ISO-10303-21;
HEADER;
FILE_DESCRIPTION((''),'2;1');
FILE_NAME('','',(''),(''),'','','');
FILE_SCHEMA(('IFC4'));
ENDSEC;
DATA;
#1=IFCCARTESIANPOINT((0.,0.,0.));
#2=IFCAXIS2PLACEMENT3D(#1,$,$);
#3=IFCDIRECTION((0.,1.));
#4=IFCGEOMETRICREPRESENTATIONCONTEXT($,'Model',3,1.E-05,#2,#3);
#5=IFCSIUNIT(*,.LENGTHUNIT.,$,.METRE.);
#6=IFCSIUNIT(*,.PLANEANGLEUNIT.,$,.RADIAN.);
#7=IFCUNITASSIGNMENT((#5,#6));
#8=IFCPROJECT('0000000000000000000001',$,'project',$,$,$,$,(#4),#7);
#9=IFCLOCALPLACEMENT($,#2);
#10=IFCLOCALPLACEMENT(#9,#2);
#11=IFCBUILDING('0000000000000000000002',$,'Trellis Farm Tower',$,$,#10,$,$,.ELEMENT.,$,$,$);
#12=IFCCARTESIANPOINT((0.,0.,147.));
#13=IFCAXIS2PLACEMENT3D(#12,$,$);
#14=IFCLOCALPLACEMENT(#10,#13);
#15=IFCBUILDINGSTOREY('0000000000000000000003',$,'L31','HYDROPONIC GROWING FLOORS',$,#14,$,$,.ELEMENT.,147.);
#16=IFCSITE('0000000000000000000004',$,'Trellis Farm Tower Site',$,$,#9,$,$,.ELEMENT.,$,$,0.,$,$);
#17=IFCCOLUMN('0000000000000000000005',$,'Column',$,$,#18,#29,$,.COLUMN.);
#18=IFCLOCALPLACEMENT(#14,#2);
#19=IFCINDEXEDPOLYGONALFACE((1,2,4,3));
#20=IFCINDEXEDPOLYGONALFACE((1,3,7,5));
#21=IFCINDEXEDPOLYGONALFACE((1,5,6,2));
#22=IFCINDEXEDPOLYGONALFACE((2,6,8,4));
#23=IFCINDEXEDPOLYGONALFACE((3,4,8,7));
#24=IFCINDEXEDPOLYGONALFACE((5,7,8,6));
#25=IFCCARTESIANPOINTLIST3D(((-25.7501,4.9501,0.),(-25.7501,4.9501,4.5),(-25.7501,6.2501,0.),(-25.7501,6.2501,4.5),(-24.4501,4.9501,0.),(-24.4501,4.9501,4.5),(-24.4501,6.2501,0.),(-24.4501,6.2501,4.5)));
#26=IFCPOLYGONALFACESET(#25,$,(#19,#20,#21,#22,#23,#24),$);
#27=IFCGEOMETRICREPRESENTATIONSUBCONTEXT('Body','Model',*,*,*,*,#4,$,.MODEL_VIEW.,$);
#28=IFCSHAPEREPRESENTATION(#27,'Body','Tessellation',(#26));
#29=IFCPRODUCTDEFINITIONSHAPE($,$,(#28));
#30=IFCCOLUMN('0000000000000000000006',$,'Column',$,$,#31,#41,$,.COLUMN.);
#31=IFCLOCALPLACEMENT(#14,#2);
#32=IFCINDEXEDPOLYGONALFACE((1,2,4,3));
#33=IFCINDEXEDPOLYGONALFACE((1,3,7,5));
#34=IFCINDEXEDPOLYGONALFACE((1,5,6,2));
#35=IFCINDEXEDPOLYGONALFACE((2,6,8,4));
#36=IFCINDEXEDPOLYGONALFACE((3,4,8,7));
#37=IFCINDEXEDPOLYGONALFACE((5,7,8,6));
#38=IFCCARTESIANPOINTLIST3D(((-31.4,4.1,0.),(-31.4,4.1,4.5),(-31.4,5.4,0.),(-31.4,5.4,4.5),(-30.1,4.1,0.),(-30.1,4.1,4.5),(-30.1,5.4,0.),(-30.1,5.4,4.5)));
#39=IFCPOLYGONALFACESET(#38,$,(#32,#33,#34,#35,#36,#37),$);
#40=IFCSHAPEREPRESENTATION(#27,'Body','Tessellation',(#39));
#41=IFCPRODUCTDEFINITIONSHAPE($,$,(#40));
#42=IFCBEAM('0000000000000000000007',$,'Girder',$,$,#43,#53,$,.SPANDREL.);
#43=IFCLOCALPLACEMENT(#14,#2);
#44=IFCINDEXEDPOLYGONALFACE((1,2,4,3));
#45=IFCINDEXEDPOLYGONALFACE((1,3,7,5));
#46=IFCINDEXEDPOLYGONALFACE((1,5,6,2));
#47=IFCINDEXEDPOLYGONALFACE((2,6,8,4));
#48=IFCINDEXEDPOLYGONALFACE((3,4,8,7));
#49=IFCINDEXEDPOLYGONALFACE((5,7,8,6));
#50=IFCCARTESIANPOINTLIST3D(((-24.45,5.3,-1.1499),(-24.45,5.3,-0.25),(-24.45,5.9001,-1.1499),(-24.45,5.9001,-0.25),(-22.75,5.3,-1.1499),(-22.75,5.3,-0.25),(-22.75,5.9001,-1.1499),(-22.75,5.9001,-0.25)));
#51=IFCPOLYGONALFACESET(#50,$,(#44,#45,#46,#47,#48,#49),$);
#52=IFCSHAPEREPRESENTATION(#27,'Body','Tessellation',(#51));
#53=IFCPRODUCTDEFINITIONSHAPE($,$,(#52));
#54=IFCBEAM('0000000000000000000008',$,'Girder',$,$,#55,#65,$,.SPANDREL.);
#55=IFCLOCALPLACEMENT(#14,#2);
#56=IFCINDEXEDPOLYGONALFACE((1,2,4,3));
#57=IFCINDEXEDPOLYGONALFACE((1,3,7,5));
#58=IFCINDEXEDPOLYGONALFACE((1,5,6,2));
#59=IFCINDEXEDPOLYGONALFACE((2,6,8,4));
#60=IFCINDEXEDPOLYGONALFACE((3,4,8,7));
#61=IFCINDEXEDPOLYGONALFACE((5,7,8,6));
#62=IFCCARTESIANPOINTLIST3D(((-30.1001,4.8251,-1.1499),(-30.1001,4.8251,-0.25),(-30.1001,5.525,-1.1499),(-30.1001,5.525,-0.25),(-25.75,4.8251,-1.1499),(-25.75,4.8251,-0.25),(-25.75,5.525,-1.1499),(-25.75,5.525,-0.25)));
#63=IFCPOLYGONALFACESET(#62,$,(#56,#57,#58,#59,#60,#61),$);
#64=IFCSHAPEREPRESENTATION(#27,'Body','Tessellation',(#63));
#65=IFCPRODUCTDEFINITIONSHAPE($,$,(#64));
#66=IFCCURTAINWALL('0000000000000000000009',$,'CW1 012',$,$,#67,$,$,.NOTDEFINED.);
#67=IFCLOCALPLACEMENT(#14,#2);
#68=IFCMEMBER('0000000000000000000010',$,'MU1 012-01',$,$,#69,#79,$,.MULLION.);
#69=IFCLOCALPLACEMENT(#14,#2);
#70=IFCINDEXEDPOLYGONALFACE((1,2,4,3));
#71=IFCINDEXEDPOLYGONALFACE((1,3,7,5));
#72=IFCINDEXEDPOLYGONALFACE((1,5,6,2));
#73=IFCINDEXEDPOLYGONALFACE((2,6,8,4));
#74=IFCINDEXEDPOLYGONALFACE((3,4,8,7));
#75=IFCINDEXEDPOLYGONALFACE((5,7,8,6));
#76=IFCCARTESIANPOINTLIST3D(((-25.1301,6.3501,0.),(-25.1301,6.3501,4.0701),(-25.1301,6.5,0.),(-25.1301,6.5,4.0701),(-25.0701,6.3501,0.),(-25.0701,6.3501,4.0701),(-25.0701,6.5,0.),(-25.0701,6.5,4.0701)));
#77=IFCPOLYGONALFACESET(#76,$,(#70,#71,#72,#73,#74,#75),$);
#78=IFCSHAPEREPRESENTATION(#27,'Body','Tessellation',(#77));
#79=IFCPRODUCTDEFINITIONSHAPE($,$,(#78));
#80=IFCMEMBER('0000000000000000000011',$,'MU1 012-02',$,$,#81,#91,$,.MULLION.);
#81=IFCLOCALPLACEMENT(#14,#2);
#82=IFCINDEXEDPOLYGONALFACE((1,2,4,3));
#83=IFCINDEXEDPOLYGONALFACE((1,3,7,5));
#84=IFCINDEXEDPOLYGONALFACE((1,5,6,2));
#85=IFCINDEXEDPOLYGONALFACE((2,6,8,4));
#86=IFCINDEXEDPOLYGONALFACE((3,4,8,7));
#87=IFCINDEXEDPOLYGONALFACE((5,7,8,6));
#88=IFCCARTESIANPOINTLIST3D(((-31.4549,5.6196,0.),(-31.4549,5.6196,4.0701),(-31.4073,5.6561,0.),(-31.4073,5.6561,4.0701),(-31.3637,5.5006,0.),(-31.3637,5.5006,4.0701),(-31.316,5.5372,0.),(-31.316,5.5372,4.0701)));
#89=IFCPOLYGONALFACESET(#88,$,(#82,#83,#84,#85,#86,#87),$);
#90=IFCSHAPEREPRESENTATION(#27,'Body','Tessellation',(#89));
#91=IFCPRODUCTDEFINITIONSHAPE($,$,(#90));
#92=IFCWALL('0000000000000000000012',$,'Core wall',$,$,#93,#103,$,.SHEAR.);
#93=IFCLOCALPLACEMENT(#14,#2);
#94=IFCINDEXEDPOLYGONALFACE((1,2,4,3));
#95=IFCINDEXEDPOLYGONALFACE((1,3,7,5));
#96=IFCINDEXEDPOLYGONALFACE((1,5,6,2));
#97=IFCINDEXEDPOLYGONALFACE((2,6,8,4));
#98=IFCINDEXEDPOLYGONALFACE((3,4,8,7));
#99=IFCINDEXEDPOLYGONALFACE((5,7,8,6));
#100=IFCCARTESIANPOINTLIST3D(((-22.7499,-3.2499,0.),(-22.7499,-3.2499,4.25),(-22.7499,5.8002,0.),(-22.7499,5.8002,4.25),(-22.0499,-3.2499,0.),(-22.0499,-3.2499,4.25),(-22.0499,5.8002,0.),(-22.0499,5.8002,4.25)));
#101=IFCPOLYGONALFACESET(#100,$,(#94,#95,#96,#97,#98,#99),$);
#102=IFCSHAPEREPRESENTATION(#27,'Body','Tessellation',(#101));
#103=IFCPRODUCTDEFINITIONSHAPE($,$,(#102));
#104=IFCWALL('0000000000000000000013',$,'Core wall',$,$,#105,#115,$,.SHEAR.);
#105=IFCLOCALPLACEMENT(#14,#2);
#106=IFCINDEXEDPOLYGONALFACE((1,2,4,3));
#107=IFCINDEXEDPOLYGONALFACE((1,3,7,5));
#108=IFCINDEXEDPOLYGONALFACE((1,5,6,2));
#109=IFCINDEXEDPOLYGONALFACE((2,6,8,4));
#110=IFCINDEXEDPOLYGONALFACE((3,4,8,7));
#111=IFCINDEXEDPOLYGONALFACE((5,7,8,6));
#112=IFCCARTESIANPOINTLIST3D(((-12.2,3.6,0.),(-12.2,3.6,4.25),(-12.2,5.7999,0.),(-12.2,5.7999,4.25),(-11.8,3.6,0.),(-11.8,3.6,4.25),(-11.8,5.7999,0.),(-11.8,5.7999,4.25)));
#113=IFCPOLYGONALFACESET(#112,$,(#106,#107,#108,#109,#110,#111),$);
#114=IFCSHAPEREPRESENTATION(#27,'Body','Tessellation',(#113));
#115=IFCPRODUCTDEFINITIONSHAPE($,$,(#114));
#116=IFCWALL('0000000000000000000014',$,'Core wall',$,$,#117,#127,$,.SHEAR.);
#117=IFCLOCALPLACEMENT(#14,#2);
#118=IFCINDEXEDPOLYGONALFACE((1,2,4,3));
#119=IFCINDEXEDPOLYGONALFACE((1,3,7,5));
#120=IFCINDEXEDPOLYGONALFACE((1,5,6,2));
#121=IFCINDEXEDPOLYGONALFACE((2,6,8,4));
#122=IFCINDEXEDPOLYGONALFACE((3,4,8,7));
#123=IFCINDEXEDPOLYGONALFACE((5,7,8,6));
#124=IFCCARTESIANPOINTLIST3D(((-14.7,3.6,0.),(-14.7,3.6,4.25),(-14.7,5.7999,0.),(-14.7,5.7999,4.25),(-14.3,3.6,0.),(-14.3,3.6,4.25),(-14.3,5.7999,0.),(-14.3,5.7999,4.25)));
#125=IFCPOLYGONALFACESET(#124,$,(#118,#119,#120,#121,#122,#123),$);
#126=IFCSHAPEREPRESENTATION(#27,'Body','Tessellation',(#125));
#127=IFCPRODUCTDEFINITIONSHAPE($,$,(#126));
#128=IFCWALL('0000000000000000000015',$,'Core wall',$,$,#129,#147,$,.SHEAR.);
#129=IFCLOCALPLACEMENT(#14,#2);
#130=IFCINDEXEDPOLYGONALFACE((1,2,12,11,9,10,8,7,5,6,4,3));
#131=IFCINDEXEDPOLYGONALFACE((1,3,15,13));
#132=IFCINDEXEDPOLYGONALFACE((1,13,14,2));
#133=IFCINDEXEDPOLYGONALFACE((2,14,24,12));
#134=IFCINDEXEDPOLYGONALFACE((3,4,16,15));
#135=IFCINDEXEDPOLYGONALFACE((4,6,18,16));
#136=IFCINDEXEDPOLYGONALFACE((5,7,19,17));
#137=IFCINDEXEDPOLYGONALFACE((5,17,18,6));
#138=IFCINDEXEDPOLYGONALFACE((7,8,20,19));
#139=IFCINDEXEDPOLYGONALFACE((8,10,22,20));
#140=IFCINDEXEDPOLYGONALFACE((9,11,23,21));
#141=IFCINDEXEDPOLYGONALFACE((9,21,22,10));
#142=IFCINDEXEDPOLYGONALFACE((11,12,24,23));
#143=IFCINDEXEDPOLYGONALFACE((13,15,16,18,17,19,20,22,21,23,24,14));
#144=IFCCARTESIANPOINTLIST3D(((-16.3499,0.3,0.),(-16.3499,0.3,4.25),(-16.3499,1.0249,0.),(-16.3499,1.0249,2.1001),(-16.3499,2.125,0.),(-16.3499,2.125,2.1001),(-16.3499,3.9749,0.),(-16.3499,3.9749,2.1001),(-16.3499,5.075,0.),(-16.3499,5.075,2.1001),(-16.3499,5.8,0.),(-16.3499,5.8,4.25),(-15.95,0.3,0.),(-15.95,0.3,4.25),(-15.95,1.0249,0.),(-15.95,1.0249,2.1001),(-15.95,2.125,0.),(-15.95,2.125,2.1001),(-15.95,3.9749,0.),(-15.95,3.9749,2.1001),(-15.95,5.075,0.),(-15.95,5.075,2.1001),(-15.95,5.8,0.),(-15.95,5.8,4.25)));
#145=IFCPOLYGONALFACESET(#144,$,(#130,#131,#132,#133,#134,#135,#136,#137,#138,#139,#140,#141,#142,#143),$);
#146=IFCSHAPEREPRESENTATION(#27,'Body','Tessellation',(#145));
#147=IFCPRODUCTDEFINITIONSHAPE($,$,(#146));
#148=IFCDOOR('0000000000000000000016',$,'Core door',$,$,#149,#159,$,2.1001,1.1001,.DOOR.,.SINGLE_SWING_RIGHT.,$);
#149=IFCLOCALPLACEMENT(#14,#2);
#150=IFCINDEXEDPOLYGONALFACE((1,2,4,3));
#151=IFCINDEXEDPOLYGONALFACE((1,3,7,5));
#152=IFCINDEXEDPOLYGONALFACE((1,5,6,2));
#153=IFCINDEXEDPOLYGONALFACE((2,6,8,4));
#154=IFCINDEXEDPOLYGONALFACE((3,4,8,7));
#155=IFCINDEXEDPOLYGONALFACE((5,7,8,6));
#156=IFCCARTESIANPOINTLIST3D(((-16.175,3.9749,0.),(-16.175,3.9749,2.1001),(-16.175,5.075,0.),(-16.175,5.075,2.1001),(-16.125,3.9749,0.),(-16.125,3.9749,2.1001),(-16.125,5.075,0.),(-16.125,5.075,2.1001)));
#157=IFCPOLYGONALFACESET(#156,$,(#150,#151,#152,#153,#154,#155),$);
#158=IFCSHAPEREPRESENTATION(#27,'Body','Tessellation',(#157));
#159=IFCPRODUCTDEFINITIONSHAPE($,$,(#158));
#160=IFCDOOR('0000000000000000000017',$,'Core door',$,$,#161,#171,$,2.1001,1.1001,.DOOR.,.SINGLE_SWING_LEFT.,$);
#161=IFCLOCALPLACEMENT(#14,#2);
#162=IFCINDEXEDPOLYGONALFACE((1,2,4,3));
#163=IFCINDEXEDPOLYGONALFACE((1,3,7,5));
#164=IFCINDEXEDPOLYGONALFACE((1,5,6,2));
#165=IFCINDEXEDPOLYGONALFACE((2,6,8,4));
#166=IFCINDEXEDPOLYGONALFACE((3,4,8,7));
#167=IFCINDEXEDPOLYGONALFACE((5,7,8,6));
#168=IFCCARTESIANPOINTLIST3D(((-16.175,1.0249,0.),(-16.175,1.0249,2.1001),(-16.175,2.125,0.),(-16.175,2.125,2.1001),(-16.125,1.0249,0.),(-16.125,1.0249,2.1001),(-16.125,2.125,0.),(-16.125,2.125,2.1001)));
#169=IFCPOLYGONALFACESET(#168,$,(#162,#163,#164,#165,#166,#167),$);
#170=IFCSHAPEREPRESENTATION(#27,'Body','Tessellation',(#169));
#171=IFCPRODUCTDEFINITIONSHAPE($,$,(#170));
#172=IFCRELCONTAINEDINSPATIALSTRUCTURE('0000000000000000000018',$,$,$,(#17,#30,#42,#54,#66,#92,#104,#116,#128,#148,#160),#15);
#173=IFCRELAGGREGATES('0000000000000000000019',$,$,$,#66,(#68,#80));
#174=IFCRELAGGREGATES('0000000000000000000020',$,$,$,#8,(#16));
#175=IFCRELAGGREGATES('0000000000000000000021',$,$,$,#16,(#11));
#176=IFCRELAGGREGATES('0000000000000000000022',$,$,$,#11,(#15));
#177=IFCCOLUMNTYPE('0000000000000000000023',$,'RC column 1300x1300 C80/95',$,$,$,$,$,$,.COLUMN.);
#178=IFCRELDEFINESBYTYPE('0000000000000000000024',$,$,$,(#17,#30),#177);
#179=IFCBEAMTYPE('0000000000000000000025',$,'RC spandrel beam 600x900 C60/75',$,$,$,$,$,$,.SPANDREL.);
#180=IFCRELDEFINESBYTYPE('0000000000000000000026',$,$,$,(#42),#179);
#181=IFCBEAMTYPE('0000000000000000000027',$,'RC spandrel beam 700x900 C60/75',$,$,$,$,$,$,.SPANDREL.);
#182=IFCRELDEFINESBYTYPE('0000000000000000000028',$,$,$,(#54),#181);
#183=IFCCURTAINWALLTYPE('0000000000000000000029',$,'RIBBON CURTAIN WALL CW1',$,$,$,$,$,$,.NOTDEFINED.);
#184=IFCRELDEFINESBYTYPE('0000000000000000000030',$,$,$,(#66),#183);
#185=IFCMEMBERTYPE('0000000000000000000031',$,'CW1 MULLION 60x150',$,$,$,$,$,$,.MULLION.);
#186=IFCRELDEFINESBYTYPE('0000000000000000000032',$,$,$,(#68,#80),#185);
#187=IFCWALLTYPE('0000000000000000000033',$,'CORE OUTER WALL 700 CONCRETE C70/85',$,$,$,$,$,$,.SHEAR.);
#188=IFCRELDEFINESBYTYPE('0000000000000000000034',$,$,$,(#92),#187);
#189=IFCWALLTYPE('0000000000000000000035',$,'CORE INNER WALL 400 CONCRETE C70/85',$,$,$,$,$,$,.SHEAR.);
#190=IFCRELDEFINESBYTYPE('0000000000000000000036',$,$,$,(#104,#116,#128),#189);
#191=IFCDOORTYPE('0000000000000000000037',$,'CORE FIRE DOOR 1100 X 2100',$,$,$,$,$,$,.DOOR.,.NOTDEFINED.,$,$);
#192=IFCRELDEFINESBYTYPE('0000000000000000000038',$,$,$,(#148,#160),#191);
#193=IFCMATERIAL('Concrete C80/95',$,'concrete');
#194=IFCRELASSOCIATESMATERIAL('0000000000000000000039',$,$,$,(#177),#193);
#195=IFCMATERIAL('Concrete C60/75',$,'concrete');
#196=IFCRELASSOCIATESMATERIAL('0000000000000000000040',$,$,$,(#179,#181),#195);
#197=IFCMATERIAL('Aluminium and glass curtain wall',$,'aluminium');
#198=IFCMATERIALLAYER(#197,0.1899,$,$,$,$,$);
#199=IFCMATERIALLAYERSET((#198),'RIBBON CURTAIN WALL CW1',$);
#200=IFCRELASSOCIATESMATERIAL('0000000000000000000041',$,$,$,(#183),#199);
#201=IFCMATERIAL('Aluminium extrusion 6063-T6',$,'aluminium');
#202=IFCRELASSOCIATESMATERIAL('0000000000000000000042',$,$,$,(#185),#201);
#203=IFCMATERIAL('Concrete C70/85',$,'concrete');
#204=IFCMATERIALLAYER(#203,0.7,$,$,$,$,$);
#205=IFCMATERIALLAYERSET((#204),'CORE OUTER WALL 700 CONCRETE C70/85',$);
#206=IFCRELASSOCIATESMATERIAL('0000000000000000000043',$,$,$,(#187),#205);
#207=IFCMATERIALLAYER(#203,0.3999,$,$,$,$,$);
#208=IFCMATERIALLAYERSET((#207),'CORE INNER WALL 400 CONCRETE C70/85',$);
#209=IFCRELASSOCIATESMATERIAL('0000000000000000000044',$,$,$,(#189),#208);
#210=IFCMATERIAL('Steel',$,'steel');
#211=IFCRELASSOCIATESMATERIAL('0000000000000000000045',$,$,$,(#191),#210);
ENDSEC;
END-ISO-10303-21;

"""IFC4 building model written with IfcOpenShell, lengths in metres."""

from ifc_helpers import new_model, si_unit, direction, frame, frame_2d, origin, origin_2d, place, context, subcontext, project, spatial, rectangle, extrude, source, transform, mapped, material, layer, layer_set, material_profile, profile_set, type_object, element, fill, aggregate, save


model = new_model("IFC4")

# Units and contexts
model_context = context("Model", 3, precision=1e-05, world=origin(), true_north=direction((0.0, 1.0)))
body_context = subcontext(model_context, "Body", "Model", "MODEL_VIEW")
ifc_project = project(units=[si_unit("LENGTHUNIT", "METRE"), si_unit("PLANEANGLEUNIT", "RADIAN")], contexts=[model_context])

# Site, building, storey
site_placement = place(None, origin())
site = spatial("IfcSite", under=ifc_project, at=site_placement, Name="Trellis Farm Tower Site", CompositionType="ELEMENT", RefElevation=0.0)
building_placement = place(site_placement, origin())
building = spatial("IfcBuilding", under=site, at=building_placement, Name="Trellis Farm Tower", CompositionType="ELEMENT")
storey_placement = place(building_placement, frame((0.0, 0.0, 147.0)))
storey = spatial("IfcBuildingStorey", under=building, at=storey_placement, Name="L31", Description="HYDROPONIC GROWING FLOORS", CompositionType="ELEMENT", Elevation=147.0)

# Columns
ifc_material_1 = material(Name="Concrete C80/95", Category="concrete")
ifc_material_profile_1 = material_profile(ifc_material_1, rectangle(XDim=1.3, YDim=1.3, at=origin_2d()), Name="RC column 1300x1300 C80/95")
ifc_profile_set_1 = profile_set([ifc_material_profile_1], Name="Concrete C80/95")
column_type = type_object("IfcColumnType", Name="RC column 1300x1300 C80/95", PredefinedType="COLUMN", material=ifc_profile_set_1)
shared_shape_1 = source(origin(), body_context, "Body", "SweptSolid", [
    extrude(rectangle(XDim=1.3, YDim=1.3, at=origin_2d()), origin(), (0.0, 0.0, 1.0), 4.5),
])
for number, where, z_axis, x_axis, name in (
    (1, (-25.1001, 5.6001, 0.0), (0.0, 0.0, 1.0), (1.0, 0.0, 0.0), "Column"),
    (2, (-30.75, 4.75, 0.0), (0.0, 0.0, 1.0), (1.0, 0.0, 0.0), "Column"),
):
    element("IfcColumn", number, at=place(storey_placement, frame(where, z_axis=z_axis, x_axis=x_axis)), inside=storey, type_object=column_type, Name=name, PredefinedType="COLUMN", context=body_context, shape_type="MappedRepresentation", body=[
        mapped(shared_shape_1, transform((0.0, 0.0, 0.0))),
    ])

# Beams
ifc_material_2 = material(Name="Concrete C60/75", Category="concrete")
ifc_material_profile_2 = material_profile(ifc_material_2, rectangle(XDim=0.6001, YDim=0.8999, at=origin_2d()), Name="RC spandrel beam 600x900 C60/75")
ifc_profile_set_2 = profile_set([ifc_material_profile_2], Name="Concrete C60/75")
beam_type_1 = type_object("IfcBeamType", Name="RC spandrel beam 600x900 C60/75", PredefinedType="SPANDREL", material=ifc_profile_set_2)
shared_shape_2 = source(origin(), body_context, "Body", "SweptSolid", [
    extrude(rectangle(XDim=0.6001, YDim=0.8999, at=origin_2d()), origin(), (0.0, 0.0, 1.0), 1.7),
])
beam_1_placement = place(storey_placement, frame((-24.45, 5.6001, -0.7), z_axis=(1.0, 0.0, 0.0), x_axis=(0.0, 1.0, 0.0)))
element("IfcBeam", 3, at=beam_1_placement, inside=storey, type_object=beam_type_1, Name="Girder", PredefinedType="SPANDREL", context=body_context, shape_type="MappedRepresentation", body=[
    mapped(shared_shape_2, transform((0.0, 0.0, 0.0))),
])
ifc_material_profile_3 = material_profile(ifc_material_2, rectangle(XDim=0.7, YDim=0.8999, at=origin_2d()), Name="RC spandrel beam 700x900 C60/75")
ifc_profile_set_3 = profile_set([ifc_material_profile_3], Name="Concrete C60/75")
beam_type_2 = type_object("IfcBeamType", Name="RC spandrel beam 700x900 C60/75", PredefinedType="SPANDREL", material=ifc_profile_set_3)
shared_shape_3 = source(origin(), body_context, "Body", "SweptSolid", [
    extrude(rectangle(XDim=0.7, YDim=0.8999, at=origin_2d()), origin(), (0.0, 0.0, 1.0), 4.3501),
])
beam_2_placement = place(storey_placement, frame((-30.1001, 5.175, -0.7), z_axis=(1.0, 0.0, 0.0), x_axis=(0.0, 1.0, 0.0)))
element("IfcBeam", 4, at=beam_2_placement, inside=storey, type_object=beam_type_2, Name="Girder", PredefinedType="SPANDREL", context=body_context, shape_type="MappedRepresentation", body=[
    mapped(shared_shape_3, transform((0.0, 0.0, 0.0))),
])

# Curtain wall, members
ifc_material_3 = material(Name="Aluminium and glass curtain wall", Category="aluminium")
ifc_layer_1 = layer(ifc_material_3, 0.1899)
ifc_layer_set_1 = layer_set([ifc_layer_1], Name="RIBBON CURTAIN WALL CW1")
curtain_wall_type = type_object("IfcCurtainWallType", Name="RIBBON CURTAIN WALL CW1", PredefinedType="NOTDEFINED", material=ifc_layer_set_1)
placement = place(storey_placement, origin())
curtain_wall = element("IfcCurtainWall", 5, at=placement, inside=storey, type_object=curtain_wall_type, Name="CW1 012", PredefinedType="NOTDEFINED")
ifc_material_4 = material(Name="Aluminium extrusion 6063-T6", Category="aluminium")
ifc_material_profile_4 = material_profile(ifc_material_4, rectangle(XDim=0.0601, YDim=0.1499, at=origin_2d()), Name="MULLION 60x150")
ifc_profile_set_4 = profile_set([ifc_material_profile_4], Name="Aluminium extrusion 6063-T6")
member_type = type_object("IfcMemberType", Name="CW1 MULLION 60x150", PredefinedType="MULLION", material=ifc_profile_set_4)
shared_shape_4 = source(origin(), body_context, "Body", "SweptSolid", [
    extrude(rectangle(XDim=0.0601, YDim=0.1499, at=origin_2d()), origin(), (0.0, 0.0, 1.0), 4.0701),
])
member_1_placement = place(storey_placement, frame((-25.1001, 6.425, 0.0), z_axis=(0.0, 0.0, 1.0), x_axis=(-1.0, 0.0, 0.0)))
member_1 = element("IfcMember", 6, at=member_1_placement, type_object=member_type, Name="MU1 012-01", PredefinedType="MULLION", context=body_context, shape_type="MappedRepresentation", body=[
    mapped(shared_shape_4, transform((0.0, 0.0, 0.0))),
])
member_2_placement = place(storey_placement, frame((-31.3855, 5.5784, 0.0), z_axis=(0.0, 0.0, 1.0), x_axis=(-0.793353, -0.608761, 0.0)))
member_2 = element("IfcMember", 7, at=member_2_placement, type_object=member_type, Name="MU1 012-02", PredefinedType="MULLION", context=body_context, shape_type="MappedRepresentation", body=[
    mapped(shared_shape_4, transform((0.0, 0.0, 0.0))),
])
aggregate(curtain_wall, [member_1, member_2])

# Walls
ifc_material_5 = material(Name="Concrete C70/85", Category="concrete")
ifc_layer_2 = layer(ifc_material_5, 0.7)
ifc_layer_set_2 = layer_set([ifc_layer_2], Name="CORE OUTER WALL 700 CONCRETE C70/85")
wall_type_1 = type_object("IfcWallType", Name="CORE OUTER WALL 700 CONCRETE C70/85", PredefinedType="SHEAR", material=ifc_layer_set_2)
shared_shape_5 = source(origin(), body_context, "Body", "SweptSolid", [
    extrude(rectangle(XDim=9.05, YDim=0.7, at=frame_2d((4.5249, 0.0))), origin(), (0.0, 0.0, 1.0), 4.25),
])
wall_1_placement = place(storey_placement, frame((-22.3999, 5.8, 0.0), z_axis=(0.0, 0.0, 1.0), x_axis=(0.0, -1.0, 0.0)))
element("IfcWall", 8, at=wall_1_placement, inside=storey, type_object=wall_type_1, Name="Core wall", PredefinedType="SHEAR", context=body_context, shape_type="MappedRepresentation", body=[
    mapped(shared_shape_5, transform((0.0, 0.0, 0.0))),
])
ifc_layer_3 = layer(ifc_material_5, 0.3999)
ifc_layer_set_3 = layer_set([ifc_layer_3], Name="CORE INNER WALL 400 CONCRETE C70/85")
wall_type_2 = type_object("IfcWallType", Name="CORE INNER WALL 400 CONCRETE C70/85", PredefinedType="SHEAR", material=ifc_layer_set_3)
shared_shape_6 = source(origin(), body_context, "Body", "SweptSolid", [
    extrude(rectangle(XDim=2.2, YDim=0.3999, at=frame_2d((1.1001, 0.0))), origin(), (0.0, 0.0, 1.0), 4.25),
])
for number, where, z_axis, x_axis, name in (
    (9, (-12.0, 5.8, 0.0), (0.0, 0.0, 1.0), (0.0, -1.0, 0.0), "Core wall"),
    (10, (-14.5, 5.8, 0.0), (0.0, 0.0, 1.0), (0.0, -1.0, 0.0), "Core wall"),
):
    element("IfcWall", number, at=place(storey_placement, frame(where, z_axis=z_axis, x_axis=x_axis)), inside=storey, type_object=wall_type_2, Name=name, PredefinedType="SHEAR", context=body_context, shape_type="MappedRepresentation", body=[
        mapped(shared_shape_6, transform((0.0, 0.0, 0.0))),
    ])

# Wall, openings, doors
shared_shape_7 = source(origin(), body_context, "Body", "SweptSolid", [
    extrude(rectangle(XDim=5.5, YDim=0.3999, at=frame_2d((2.75, 0.0))), origin(), (0.0, 0.0, 1.0), 4.25),
])
wall_2_placement = place(storey_placement, frame((-16.1499, 5.8, 0.0), z_axis=(0.0, 0.0, 1.0), x_axis=(0.0, -1.0, 0.0)))
wall_2 = element("IfcWall", 11, at=wall_2_placement, inside=storey, type_object=wall_type_2, Name="Core wall", PredefinedType="SHEAR", context=body_context, shape_type="MappedRepresentation", body=[
    mapped(shared_shape_7, transform((0.0, 0.0, 0.0))),
])
shared_shape_8 = source(origin(), body_context, "Body", "SweptSolid", [
    extrude(rectangle(XDim=1.1001, YDim=2.1001, at=frame_2d((0.55, 1.05))), frame((0.0, 0.21, 0.0), z_axis=(0.0, -1.0, 0.0), x_axis=(1.0, 0.0, 0.0)), (0.0, 0.0, 1.0), 0.4199),
])
opening_1_placement = place(wall_2_placement, frame((0.7251, 0.0, 0.0)))
opening_1 = element("IfcOpeningElement", 12, at=opening_1_placement, cuts=wall_2, PredefinedType="OPENING", context=body_context, shape_type="MappedRepresentation", body=[
    mapped(shared_shape_8, transform((0.0, 0.0, 0.0))),
])
opening_2_placement = place(wall_2_placement, frame((3.675, 0.0, 0.0)))
opening_2 = element("IfcOpeningElement", 13, at=opening_2_placement, cuts=wall_2, PredefinedType="OPENING", context=body_context, shape_type="MappedRepresentation", body=[
    mapped(shared_shape_8, transform((0.0, 0.0, 0.0))),
])
ifc_material_6 = material(Name="Steel", Category="steel")
door_type = type_object("IfcDoorType", Name="CORE FIRE DOOR 1100 X 2100", OperationType="NOTDEFINED", PredefinedType="DOOR", material=ifc_material_6)
shared_shape_9 = source(origin(), body_context, "Body", "SweptSolid", [
    extrude(rectangle(XDim=1.1001, YDim=2.1001, at=frame_2d((0.55, 1.05))), frame((0.0, 0.0249, 0.0), z_axis=(0.0, -1.0, 0.0), x_axis=(1.0, 0.0, 0.0)), (0.0, 0.0, 1.0), 0.05),
])
door_1_placement = place(opening_1_placement, origin())
door_1 = element("IfcDoor", 14, at=door_1_placement, inside=storey, type_object=door_type, Name="Core door", OperationType="SINGLE_SWING_RIGHT", OverallHeight=2.1001, OverallWidth=1.1001, PredefinedType="DOOR", context=body_context, shape_type="MappedRepresentation", body=[
    mapped(shared_shape_9, transform((0.0, 0.0, 0.0))),
])
fill(opening_1, door_1)
door_2_placement = place(opening_2_placement, origin())
door_2 = element("IfcDoor", 15, at=door_2_placement, inside=storey, type_object=door_type, Name="Core door", OperationType="SINGLE_SWING_LEFT", OverallHeight=2.1001, OverallWidth=1.1001, PredefinedType="DOOR", context=body_context, shape_type="MappedRepresentation", body=[
    mapped(shared_shape_9, transform((0.0, 0.0, 0.0))),
])
fill(opening_2, door_2)

save(model, "model.ifc")
